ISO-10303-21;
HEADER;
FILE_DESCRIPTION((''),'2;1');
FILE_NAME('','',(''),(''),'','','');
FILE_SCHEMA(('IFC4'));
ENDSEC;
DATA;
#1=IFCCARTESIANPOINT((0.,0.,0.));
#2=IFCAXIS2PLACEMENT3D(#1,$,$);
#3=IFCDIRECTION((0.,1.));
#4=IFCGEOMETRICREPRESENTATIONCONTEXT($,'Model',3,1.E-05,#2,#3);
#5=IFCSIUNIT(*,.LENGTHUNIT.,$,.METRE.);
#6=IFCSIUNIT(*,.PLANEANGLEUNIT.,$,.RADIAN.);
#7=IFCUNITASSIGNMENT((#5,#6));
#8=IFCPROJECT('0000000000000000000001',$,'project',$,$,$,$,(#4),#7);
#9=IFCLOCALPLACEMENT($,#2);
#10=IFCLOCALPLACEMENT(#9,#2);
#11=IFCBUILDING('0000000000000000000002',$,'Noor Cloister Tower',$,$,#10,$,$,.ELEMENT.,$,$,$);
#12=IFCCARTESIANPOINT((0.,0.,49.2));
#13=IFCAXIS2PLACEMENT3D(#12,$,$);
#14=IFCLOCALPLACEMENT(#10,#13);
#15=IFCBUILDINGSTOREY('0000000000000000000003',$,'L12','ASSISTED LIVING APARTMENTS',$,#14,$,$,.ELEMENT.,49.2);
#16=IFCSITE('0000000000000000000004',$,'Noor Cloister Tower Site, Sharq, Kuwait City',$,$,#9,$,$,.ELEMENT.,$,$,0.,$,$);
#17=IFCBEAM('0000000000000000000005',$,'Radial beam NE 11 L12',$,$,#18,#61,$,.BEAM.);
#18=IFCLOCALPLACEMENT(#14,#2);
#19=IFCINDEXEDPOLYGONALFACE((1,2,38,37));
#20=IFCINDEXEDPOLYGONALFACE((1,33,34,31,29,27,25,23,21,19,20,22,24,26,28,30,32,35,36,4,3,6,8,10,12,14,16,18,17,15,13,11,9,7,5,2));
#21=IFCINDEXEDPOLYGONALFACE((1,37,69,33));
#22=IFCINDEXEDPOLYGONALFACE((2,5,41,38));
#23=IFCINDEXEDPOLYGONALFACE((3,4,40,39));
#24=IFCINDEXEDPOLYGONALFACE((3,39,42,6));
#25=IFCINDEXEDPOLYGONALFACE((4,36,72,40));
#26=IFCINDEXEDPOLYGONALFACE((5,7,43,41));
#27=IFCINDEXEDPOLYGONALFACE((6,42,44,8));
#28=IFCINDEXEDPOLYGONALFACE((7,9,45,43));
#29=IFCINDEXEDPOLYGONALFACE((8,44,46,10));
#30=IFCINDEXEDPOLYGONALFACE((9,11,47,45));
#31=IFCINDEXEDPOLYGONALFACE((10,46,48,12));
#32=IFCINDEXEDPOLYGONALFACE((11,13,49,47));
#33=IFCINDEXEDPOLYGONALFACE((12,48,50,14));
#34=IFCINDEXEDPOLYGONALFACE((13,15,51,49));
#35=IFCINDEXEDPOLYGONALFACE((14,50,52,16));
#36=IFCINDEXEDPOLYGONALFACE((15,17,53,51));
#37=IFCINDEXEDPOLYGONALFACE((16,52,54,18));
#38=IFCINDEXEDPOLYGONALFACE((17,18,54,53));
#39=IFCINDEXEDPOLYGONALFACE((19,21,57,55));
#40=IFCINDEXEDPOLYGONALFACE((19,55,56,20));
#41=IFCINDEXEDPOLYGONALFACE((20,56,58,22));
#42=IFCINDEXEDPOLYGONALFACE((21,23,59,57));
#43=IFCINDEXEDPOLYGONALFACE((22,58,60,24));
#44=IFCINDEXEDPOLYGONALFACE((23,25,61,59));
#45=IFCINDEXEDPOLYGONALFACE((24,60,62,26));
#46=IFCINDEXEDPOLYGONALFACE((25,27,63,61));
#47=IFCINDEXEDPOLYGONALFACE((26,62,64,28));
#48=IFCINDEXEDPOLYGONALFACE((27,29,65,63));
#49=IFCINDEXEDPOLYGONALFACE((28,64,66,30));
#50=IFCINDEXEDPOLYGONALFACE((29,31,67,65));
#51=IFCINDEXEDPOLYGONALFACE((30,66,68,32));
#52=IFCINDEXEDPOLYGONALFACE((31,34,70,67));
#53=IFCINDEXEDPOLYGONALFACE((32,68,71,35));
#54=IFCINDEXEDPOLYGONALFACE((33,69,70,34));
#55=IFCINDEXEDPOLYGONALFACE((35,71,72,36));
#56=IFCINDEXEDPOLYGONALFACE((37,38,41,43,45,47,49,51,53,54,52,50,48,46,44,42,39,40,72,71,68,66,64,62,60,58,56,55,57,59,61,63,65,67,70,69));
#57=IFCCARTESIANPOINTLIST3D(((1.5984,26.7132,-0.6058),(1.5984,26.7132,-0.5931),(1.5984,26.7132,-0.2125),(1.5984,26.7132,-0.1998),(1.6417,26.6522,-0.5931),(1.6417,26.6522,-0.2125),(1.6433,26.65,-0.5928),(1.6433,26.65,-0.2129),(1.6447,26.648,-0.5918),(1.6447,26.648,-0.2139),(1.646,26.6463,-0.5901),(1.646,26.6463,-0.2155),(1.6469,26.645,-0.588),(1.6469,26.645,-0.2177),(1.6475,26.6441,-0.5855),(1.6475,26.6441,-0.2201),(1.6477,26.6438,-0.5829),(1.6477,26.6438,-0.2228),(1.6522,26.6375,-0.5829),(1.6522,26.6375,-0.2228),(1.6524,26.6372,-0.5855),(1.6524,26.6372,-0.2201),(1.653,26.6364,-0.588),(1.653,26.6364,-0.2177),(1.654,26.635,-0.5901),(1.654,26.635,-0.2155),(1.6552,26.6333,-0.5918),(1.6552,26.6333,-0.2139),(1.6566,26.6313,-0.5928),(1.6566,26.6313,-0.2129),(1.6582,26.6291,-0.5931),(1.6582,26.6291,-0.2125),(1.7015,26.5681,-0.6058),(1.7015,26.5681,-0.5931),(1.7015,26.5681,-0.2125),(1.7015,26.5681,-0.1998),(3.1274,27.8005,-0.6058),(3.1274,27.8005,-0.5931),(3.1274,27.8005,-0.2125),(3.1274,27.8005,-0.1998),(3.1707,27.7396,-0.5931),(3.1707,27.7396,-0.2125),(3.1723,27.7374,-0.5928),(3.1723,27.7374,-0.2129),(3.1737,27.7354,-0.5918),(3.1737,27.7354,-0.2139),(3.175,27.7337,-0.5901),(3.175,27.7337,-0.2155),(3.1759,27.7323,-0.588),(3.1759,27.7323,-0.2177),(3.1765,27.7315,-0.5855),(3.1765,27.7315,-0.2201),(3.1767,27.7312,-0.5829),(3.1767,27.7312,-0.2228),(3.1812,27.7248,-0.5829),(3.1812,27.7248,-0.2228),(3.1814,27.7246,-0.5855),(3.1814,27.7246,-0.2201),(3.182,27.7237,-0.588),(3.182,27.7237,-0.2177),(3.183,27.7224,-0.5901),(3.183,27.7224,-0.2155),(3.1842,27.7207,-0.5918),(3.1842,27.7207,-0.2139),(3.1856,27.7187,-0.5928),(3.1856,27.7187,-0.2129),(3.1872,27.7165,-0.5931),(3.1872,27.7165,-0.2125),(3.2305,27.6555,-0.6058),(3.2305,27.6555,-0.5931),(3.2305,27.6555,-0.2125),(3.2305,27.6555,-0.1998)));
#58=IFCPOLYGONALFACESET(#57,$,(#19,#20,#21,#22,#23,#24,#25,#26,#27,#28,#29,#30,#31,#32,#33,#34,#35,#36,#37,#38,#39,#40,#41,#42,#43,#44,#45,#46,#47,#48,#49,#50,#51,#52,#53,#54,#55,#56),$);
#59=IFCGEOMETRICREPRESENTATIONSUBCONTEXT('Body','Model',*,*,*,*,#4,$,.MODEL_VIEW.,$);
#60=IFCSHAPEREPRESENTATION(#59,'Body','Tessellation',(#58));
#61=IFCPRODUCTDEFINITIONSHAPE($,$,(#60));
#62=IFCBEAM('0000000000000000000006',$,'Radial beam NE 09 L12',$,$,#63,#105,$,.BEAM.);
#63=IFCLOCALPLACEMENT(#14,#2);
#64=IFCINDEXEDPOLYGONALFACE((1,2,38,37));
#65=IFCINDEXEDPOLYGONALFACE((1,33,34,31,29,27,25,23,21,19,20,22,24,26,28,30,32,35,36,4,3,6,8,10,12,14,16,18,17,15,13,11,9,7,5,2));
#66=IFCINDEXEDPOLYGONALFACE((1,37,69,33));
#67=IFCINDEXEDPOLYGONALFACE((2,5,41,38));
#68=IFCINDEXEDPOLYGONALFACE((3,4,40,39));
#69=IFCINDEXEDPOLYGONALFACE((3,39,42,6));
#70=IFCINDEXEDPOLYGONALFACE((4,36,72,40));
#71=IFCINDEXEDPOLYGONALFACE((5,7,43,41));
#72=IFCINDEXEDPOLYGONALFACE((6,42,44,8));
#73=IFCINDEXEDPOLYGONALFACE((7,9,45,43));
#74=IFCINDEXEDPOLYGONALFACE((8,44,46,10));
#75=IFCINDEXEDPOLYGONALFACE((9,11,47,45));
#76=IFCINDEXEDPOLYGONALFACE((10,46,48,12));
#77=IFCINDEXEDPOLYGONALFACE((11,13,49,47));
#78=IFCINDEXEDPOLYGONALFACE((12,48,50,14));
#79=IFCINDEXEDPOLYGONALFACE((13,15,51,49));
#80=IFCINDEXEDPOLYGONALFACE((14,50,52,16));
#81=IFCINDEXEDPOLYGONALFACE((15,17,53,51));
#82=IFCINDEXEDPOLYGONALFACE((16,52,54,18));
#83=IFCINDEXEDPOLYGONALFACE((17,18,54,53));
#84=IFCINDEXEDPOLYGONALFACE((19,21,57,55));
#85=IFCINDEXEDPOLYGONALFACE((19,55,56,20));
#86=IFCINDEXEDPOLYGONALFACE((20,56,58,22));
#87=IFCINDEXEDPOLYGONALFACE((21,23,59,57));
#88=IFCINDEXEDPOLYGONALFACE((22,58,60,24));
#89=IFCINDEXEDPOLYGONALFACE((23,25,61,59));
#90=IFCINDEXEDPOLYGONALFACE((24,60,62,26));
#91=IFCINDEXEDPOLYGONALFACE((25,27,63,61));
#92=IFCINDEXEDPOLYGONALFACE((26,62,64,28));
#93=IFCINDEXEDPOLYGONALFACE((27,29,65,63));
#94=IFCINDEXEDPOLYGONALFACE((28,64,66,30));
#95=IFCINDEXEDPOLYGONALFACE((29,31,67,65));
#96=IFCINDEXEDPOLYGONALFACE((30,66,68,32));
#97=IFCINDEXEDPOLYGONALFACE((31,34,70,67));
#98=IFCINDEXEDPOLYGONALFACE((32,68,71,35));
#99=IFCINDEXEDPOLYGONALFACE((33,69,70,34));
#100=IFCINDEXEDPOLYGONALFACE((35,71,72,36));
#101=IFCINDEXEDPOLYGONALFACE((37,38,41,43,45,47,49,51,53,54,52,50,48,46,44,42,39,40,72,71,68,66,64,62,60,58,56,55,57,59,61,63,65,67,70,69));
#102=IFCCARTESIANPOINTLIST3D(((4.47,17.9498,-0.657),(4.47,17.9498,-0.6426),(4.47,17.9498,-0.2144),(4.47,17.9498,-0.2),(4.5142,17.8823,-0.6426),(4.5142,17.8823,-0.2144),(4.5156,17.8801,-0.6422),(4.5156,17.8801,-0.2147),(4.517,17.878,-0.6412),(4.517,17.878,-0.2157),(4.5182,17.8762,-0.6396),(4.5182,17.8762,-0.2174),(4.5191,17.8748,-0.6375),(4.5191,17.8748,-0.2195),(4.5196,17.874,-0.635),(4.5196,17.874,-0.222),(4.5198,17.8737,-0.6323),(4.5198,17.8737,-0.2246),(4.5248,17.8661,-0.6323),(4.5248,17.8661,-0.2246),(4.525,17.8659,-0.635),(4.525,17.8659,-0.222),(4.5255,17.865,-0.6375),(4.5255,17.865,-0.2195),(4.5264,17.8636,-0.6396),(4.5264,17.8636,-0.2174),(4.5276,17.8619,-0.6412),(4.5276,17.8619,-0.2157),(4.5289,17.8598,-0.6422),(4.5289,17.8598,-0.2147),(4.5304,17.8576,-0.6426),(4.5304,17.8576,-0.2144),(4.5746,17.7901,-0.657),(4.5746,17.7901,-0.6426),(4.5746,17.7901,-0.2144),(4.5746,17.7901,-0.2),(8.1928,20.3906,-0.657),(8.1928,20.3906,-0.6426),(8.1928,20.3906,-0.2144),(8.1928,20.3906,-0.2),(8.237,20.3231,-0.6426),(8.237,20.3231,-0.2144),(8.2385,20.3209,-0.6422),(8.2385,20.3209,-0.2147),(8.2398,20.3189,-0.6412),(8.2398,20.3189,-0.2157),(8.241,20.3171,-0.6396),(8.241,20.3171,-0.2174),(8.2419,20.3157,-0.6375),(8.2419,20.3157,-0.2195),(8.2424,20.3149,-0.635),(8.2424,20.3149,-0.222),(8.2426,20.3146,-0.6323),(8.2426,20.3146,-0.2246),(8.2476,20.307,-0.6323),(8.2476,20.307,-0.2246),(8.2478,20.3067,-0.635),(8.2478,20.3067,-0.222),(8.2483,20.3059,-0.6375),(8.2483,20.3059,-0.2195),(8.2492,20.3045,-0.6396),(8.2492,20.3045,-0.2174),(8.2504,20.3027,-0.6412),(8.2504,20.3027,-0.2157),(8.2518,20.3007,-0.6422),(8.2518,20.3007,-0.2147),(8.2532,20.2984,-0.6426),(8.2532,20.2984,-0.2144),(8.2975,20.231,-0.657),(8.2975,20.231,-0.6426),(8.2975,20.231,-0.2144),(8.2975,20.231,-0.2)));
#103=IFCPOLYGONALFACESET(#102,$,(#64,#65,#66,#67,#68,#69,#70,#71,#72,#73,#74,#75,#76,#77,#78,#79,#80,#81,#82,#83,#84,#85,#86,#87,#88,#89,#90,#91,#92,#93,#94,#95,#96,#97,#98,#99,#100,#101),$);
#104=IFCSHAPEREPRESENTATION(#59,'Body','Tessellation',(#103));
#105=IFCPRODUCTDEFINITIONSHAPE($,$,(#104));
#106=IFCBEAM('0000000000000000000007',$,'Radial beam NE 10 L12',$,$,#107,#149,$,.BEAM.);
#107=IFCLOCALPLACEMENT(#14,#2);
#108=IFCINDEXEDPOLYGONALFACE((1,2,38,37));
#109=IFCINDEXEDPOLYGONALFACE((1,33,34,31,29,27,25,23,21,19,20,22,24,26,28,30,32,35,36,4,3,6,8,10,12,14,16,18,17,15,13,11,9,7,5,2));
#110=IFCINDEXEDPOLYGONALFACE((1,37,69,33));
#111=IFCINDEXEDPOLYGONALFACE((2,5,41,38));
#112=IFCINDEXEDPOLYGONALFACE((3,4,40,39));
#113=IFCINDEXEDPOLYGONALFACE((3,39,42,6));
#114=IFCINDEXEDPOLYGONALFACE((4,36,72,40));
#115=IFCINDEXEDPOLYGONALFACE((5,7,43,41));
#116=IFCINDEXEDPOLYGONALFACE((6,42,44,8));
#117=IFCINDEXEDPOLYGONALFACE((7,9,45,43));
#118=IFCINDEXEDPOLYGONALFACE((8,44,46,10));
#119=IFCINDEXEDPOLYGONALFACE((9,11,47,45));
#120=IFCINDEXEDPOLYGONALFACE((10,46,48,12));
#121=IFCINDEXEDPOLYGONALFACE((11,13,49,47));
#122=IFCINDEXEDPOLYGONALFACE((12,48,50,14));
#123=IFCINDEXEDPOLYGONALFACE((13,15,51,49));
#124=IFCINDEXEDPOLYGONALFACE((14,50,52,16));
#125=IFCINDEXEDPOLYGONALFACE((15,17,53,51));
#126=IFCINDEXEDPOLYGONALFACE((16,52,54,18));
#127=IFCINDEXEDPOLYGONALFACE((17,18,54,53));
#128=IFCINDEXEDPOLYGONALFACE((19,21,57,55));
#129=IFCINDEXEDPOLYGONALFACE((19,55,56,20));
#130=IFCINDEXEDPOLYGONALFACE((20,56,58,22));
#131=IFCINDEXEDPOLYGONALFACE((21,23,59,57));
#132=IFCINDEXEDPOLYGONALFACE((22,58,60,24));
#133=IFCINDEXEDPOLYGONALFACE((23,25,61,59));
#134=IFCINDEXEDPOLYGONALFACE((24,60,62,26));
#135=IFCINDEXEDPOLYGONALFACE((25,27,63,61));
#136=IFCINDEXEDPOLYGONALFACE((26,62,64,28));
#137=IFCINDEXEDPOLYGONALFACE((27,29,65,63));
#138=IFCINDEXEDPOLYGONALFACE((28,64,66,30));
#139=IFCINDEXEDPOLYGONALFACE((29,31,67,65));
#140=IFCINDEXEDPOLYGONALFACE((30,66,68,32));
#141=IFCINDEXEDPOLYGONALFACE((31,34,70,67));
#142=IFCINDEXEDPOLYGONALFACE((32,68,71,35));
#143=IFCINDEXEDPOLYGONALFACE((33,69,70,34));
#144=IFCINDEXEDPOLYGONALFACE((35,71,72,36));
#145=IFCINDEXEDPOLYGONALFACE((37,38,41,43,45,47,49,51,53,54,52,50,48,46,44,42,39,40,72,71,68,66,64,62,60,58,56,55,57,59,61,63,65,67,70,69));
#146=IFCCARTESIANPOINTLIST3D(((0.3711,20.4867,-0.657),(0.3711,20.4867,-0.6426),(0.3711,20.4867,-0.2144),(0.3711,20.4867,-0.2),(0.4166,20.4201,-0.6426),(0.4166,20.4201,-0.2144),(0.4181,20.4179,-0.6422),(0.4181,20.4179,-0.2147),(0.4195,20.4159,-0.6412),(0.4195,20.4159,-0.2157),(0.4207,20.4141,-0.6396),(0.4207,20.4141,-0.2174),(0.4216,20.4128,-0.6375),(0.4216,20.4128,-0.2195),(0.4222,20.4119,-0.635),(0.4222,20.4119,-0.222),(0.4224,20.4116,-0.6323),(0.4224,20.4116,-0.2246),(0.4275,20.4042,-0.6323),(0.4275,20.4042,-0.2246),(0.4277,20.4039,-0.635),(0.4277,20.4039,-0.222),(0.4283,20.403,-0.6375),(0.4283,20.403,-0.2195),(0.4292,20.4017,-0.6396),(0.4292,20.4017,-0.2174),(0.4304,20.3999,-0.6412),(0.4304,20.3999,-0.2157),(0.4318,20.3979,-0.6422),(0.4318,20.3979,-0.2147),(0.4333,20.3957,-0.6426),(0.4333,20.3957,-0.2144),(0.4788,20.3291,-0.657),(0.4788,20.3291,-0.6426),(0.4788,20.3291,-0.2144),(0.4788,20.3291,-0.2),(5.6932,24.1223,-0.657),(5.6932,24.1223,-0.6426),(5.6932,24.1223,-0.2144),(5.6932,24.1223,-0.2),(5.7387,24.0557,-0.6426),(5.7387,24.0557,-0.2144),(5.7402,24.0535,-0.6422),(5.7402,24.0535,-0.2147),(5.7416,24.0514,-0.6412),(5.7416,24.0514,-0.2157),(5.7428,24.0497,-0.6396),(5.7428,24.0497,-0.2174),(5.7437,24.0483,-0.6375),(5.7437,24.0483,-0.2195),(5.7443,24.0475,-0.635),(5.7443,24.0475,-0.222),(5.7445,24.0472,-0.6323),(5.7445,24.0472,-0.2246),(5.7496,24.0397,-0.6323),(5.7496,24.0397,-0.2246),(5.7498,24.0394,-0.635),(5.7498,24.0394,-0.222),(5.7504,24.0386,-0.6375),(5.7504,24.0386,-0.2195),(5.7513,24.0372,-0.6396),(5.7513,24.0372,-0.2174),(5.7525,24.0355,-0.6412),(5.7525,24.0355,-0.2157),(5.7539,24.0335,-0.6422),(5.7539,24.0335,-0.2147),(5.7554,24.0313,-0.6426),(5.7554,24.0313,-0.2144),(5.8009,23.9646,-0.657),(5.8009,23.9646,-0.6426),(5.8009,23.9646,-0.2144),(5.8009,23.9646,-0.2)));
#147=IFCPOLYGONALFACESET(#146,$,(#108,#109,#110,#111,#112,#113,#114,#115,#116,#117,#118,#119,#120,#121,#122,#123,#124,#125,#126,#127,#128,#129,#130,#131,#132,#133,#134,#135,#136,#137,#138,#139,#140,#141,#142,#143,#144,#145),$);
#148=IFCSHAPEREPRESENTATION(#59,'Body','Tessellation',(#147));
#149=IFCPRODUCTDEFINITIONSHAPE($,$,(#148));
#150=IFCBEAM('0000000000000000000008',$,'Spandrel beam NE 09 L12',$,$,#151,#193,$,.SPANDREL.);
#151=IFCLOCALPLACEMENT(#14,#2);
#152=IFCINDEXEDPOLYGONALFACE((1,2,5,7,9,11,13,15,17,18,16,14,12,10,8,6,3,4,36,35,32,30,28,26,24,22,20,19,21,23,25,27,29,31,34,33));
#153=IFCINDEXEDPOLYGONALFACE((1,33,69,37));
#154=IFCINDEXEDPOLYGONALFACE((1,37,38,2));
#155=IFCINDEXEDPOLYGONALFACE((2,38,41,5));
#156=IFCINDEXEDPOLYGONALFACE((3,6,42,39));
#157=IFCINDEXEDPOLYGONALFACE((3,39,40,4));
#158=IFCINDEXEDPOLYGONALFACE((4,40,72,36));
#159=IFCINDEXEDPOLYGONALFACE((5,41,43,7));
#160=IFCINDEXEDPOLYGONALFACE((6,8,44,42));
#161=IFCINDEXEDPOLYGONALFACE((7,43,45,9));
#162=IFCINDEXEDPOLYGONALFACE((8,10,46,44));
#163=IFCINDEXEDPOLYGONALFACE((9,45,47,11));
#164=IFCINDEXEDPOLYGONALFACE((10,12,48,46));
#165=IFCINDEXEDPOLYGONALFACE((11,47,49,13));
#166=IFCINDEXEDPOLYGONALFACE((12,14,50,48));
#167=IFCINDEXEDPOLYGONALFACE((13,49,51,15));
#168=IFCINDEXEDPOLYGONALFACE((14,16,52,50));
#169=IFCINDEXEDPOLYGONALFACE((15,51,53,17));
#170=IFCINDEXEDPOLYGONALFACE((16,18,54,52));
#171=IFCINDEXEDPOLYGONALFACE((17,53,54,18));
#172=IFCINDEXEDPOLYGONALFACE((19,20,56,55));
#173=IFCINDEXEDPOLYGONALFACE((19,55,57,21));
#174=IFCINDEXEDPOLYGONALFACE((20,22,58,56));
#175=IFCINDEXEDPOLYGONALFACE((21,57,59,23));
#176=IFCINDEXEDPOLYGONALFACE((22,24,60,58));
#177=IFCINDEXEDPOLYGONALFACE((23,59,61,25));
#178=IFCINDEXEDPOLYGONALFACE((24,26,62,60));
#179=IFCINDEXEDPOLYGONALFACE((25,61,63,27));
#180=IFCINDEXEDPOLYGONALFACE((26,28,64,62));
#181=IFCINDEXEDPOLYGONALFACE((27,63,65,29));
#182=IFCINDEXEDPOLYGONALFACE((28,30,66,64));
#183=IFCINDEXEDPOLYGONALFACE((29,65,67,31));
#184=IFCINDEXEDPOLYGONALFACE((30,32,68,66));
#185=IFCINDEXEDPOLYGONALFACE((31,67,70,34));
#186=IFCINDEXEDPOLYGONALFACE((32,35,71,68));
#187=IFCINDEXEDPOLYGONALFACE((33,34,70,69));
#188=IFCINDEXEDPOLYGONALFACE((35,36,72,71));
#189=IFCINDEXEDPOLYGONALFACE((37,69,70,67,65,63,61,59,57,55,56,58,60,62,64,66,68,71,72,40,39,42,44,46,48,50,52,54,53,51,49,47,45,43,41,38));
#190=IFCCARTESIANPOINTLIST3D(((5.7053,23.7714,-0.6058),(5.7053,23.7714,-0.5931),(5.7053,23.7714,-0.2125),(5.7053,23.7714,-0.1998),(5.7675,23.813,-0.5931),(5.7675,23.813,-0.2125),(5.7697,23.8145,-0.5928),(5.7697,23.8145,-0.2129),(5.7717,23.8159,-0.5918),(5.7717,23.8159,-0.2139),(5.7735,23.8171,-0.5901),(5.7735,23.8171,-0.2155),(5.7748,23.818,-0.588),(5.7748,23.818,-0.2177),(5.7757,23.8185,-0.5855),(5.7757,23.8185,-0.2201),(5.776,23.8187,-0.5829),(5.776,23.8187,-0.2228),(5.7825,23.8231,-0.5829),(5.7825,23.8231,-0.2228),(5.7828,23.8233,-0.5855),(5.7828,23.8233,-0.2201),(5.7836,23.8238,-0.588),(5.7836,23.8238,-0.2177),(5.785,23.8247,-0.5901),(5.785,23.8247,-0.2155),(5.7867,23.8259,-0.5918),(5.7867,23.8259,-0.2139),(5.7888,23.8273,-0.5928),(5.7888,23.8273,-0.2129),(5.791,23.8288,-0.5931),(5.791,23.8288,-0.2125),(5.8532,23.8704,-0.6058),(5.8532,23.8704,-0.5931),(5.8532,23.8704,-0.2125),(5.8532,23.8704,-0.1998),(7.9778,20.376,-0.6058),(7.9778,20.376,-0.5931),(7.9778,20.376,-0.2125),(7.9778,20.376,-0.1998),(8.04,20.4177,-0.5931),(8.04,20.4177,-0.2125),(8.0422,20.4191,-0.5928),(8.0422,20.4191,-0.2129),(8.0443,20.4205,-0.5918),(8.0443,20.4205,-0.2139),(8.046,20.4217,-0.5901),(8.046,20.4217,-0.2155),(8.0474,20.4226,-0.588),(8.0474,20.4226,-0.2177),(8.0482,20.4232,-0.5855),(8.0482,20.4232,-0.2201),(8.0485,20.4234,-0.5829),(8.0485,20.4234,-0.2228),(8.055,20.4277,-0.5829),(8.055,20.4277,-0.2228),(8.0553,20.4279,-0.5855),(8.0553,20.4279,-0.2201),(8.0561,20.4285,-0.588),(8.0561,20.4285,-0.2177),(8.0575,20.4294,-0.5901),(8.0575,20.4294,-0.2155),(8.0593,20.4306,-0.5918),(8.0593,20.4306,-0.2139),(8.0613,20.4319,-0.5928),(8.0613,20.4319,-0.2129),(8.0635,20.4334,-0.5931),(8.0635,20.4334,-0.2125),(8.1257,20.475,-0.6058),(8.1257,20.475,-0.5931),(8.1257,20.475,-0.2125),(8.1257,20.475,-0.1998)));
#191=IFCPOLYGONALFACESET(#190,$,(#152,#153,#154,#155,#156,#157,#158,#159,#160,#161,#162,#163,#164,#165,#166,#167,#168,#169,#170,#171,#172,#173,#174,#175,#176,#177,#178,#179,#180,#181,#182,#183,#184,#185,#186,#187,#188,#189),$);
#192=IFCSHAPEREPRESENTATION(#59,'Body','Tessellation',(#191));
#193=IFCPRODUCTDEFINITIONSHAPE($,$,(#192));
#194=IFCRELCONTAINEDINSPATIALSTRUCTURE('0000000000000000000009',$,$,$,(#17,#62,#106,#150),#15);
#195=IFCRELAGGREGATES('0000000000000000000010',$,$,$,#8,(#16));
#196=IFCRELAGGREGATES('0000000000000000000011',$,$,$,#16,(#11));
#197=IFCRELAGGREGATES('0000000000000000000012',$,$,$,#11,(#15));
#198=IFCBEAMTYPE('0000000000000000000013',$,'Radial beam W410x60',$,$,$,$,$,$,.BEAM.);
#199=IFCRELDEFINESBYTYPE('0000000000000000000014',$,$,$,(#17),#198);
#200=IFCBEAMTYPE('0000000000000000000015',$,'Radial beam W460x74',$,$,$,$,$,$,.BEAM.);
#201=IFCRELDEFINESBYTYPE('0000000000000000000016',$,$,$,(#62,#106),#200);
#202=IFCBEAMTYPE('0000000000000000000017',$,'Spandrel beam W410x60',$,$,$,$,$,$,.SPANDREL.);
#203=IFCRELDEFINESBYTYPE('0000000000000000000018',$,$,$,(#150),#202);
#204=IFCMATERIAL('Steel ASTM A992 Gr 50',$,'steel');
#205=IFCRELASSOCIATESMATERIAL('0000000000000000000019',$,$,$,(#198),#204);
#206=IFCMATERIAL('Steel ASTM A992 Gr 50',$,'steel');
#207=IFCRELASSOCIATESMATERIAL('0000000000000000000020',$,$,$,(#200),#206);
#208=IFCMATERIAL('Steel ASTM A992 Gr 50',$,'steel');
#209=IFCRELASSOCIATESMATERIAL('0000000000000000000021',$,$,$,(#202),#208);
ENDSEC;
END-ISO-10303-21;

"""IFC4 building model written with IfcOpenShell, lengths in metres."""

from ifc_helpers import new_model, si_unit, direction, frame, origin, origin_2d, place, context, subcontext, project, spatial, i_section, extrude, material, material_profile, profile_set, type_object, element, save


model = new_model("IFC4")

# Units and contexts
model_context = context("Model", 3, precision=1e-05, world=origin(), true_north=direction((0.0, 1.0)))
body_context = subcontext(model_context, "Body", "Model", "MODEL_VIEW")
ifc_project = project(units=[si_unit("LENGTHUNIT", "METRE"), si_unit("PLANEANGLEUNIT", "RADIAN")], contexts=[model_context])

# Site, building, storey
site_placement = place(None, origin())
site = spatial("IfcSite", under=ifc_project, at=site_placement, Name="Noor Cloister Tower Site, Sharq, Kuwait City", CompositionType="ELEMENT", RefElevation=0.0)
building_placement = place(site_placement, origin())
building = spatial("IfcBuilding", under=site, at=building_placement, Name="Noor Cloister Tower", CompositionType="ELEMENT")
storey_placement = place(building_placement, frame((0.0, 0.0, 49.2)))
storey = spatial("IfcBuildingStorey", under=building, at=storey_placement, Name="L12", Description="ASSISTED LIVING APARTMENTS", CompositionType="ELEMENT", Elevation=49.2)

# Beams
ifc_material_1 = material(Name="Steel ASTM A992 Gr 50", Category="steel")
ifc_material_profile_1 = material_profile(ifc_material_1, i_section(OverallWidth=0.178, OverallDepth=0.406, WebThickness=0.0078, FlangeThickness=0.0127, FilletRadius=0.0103, at=origin_2d()), Name="W410x60")
ifc_profile_set_1 = profile_set([ifc_material_profile_1], Name="Steel ASTM A992 Gr 50")
beam_type_1 = type_object("IfcBeamType", Name="Radial beam W410x60", PredefinedType="BEAM", material=ifc_profile_set_1)
beam_1_placement = place(storey_placement, frame((3.179, 27.728, -0.4028), z_axis=(-0.814936, -0.579551, 0.0), x_axis=(0.579551, -0.814936, 0.0)))
element("IfcBeam", 1, at=beam_1_placement, inside=storey, type_object=beam_type_1, Name="Radial beam NE 11 L12", PredefinedType="BEAM", context=body_context, shape_type="SweptSolid", body=[
    extrude(i_section(OverallWidth=0.178, OverallDepth=0.406, WebThickness=0.0078, FlangeThickness=0.0127, FilletRadius=0.0103, at=origin_2d()), origin(), (0.0, 0.0, 1.0), 1.8762),
])
ifc_material_2 = material(Name="Steel ASTM A992 Gr 50", Category="steel")
ifc_material_profile_2 = material_profile(ifc_material_2, i_section(OverallWidth=0.1909, OverallDepth=0.457, WebThickness=0.009, FlangeThickness=0.0144, FilletRadius=0.0103, at=origin_2d()), Name="W460x74")
ifc_profile_set_2 = profile_set([ifc_material_profile_2], Name="Steel ASTM A992 Gr 50")
beam_type_2 = type_object("IfcBeamType", Name="Radial beam W460x74", PredefinedType="BEAM", material=ifc_profile_set_2)
beam_2_placement = place(storey_placement, frame((8.2451, 20.3108, -0.4285), z_axis=(-0.836278, -0.548305, 0.0), x_axis=(0.548305, -0.836278, 0.0)))
element("IfcBeam", 2, at=beam_2_placement, inside=storey, type_object=beam_type_2, Name="Radial beam NE 09 L12", PredefinedType="BEAM", context=body_context, shape_type="SweptSolid", body=[
    extrude(i_section(OverallWidth=0.1909, OverallDepth=0.457, WebThickness=0.009, FlangeThickness=0.0144, FilletRadius=0.0103, at=origin_2d()), origin(), (0.0, 0.0, 1.0), 4.4517),
])
beam_3_placement = place(storey_placement, frame((5.7471, 24.0435, -0.4285), z_axis=(-0.825733, -0.564062, 0.0), x_axis=(0.564062, -0.825733, 0.0)))
element("IfcBeam", 3, at=beam_3_placement, inside=storey, type_object=beam_type_2, Name="Radial beam NE 10 L12", PredefinedType="BEAM", context=body_context, shape_type="SweptSolid", body=[
    extrude(i_section(OverallWidth=0.1909, OverallDepth=0.457, WebThickness=0.009, FlangeThickness=0.0144, FilletRadius=0.0103, at=origin_2d()), origin(), (0.0, 0.0, 1.0), 6.4453),
])
ifc_material_3 = material(Name="Steel ASTM A992 Gr 50", Category="steel")
ifc_material_profile_3 = material_profile(ifc_material_3, i_section(OverallWidth=0.178, OverallDepth=0.406, WebThickness=0.0078, FlangeThickness=0.0127, FilletRadius=0.0103, at=origin_2d()), Name="W410x60")
ifc_profile_set_3 = profile_set([ifc_material_profile_3], Name="Steel ASTM A992 Gr 50")
beam_type_3 = type_object("IfcBeamType", Name="Spandrel beam W410x60", PredefinedType="SPANDREL", material=ifc_profile_set_3)
for number, where, z_axis, x_axis, name in (
    (4, (8.0518, 20.4255, -0.4028), (-0.556216, 0.831038, 0.0), (-0.831038, -0.556216, 0.0), "Spandrel beam NE 09 L12"),
):
    element("IfcBeam", number, at=place(storey_placement, frame(where, z_axis=z_axis, x_axis=x_axis)), inside=storey, type_object=beam_type_3, Name=name, PredefinedType="SPANDREL", context=body_context, shape_type="SweptSolid", body=[
        extrude(i_section(OverallWidth=0.178, OverallDepth=0.406, WebThickness=0.0078, FlangeThickness=0.0127, FilletRadius=0.0103, at=origin_2d()), origin(), (0.0, 0.0, 1.0), 4.0857),
    ])

save(model, "model.ifc")
